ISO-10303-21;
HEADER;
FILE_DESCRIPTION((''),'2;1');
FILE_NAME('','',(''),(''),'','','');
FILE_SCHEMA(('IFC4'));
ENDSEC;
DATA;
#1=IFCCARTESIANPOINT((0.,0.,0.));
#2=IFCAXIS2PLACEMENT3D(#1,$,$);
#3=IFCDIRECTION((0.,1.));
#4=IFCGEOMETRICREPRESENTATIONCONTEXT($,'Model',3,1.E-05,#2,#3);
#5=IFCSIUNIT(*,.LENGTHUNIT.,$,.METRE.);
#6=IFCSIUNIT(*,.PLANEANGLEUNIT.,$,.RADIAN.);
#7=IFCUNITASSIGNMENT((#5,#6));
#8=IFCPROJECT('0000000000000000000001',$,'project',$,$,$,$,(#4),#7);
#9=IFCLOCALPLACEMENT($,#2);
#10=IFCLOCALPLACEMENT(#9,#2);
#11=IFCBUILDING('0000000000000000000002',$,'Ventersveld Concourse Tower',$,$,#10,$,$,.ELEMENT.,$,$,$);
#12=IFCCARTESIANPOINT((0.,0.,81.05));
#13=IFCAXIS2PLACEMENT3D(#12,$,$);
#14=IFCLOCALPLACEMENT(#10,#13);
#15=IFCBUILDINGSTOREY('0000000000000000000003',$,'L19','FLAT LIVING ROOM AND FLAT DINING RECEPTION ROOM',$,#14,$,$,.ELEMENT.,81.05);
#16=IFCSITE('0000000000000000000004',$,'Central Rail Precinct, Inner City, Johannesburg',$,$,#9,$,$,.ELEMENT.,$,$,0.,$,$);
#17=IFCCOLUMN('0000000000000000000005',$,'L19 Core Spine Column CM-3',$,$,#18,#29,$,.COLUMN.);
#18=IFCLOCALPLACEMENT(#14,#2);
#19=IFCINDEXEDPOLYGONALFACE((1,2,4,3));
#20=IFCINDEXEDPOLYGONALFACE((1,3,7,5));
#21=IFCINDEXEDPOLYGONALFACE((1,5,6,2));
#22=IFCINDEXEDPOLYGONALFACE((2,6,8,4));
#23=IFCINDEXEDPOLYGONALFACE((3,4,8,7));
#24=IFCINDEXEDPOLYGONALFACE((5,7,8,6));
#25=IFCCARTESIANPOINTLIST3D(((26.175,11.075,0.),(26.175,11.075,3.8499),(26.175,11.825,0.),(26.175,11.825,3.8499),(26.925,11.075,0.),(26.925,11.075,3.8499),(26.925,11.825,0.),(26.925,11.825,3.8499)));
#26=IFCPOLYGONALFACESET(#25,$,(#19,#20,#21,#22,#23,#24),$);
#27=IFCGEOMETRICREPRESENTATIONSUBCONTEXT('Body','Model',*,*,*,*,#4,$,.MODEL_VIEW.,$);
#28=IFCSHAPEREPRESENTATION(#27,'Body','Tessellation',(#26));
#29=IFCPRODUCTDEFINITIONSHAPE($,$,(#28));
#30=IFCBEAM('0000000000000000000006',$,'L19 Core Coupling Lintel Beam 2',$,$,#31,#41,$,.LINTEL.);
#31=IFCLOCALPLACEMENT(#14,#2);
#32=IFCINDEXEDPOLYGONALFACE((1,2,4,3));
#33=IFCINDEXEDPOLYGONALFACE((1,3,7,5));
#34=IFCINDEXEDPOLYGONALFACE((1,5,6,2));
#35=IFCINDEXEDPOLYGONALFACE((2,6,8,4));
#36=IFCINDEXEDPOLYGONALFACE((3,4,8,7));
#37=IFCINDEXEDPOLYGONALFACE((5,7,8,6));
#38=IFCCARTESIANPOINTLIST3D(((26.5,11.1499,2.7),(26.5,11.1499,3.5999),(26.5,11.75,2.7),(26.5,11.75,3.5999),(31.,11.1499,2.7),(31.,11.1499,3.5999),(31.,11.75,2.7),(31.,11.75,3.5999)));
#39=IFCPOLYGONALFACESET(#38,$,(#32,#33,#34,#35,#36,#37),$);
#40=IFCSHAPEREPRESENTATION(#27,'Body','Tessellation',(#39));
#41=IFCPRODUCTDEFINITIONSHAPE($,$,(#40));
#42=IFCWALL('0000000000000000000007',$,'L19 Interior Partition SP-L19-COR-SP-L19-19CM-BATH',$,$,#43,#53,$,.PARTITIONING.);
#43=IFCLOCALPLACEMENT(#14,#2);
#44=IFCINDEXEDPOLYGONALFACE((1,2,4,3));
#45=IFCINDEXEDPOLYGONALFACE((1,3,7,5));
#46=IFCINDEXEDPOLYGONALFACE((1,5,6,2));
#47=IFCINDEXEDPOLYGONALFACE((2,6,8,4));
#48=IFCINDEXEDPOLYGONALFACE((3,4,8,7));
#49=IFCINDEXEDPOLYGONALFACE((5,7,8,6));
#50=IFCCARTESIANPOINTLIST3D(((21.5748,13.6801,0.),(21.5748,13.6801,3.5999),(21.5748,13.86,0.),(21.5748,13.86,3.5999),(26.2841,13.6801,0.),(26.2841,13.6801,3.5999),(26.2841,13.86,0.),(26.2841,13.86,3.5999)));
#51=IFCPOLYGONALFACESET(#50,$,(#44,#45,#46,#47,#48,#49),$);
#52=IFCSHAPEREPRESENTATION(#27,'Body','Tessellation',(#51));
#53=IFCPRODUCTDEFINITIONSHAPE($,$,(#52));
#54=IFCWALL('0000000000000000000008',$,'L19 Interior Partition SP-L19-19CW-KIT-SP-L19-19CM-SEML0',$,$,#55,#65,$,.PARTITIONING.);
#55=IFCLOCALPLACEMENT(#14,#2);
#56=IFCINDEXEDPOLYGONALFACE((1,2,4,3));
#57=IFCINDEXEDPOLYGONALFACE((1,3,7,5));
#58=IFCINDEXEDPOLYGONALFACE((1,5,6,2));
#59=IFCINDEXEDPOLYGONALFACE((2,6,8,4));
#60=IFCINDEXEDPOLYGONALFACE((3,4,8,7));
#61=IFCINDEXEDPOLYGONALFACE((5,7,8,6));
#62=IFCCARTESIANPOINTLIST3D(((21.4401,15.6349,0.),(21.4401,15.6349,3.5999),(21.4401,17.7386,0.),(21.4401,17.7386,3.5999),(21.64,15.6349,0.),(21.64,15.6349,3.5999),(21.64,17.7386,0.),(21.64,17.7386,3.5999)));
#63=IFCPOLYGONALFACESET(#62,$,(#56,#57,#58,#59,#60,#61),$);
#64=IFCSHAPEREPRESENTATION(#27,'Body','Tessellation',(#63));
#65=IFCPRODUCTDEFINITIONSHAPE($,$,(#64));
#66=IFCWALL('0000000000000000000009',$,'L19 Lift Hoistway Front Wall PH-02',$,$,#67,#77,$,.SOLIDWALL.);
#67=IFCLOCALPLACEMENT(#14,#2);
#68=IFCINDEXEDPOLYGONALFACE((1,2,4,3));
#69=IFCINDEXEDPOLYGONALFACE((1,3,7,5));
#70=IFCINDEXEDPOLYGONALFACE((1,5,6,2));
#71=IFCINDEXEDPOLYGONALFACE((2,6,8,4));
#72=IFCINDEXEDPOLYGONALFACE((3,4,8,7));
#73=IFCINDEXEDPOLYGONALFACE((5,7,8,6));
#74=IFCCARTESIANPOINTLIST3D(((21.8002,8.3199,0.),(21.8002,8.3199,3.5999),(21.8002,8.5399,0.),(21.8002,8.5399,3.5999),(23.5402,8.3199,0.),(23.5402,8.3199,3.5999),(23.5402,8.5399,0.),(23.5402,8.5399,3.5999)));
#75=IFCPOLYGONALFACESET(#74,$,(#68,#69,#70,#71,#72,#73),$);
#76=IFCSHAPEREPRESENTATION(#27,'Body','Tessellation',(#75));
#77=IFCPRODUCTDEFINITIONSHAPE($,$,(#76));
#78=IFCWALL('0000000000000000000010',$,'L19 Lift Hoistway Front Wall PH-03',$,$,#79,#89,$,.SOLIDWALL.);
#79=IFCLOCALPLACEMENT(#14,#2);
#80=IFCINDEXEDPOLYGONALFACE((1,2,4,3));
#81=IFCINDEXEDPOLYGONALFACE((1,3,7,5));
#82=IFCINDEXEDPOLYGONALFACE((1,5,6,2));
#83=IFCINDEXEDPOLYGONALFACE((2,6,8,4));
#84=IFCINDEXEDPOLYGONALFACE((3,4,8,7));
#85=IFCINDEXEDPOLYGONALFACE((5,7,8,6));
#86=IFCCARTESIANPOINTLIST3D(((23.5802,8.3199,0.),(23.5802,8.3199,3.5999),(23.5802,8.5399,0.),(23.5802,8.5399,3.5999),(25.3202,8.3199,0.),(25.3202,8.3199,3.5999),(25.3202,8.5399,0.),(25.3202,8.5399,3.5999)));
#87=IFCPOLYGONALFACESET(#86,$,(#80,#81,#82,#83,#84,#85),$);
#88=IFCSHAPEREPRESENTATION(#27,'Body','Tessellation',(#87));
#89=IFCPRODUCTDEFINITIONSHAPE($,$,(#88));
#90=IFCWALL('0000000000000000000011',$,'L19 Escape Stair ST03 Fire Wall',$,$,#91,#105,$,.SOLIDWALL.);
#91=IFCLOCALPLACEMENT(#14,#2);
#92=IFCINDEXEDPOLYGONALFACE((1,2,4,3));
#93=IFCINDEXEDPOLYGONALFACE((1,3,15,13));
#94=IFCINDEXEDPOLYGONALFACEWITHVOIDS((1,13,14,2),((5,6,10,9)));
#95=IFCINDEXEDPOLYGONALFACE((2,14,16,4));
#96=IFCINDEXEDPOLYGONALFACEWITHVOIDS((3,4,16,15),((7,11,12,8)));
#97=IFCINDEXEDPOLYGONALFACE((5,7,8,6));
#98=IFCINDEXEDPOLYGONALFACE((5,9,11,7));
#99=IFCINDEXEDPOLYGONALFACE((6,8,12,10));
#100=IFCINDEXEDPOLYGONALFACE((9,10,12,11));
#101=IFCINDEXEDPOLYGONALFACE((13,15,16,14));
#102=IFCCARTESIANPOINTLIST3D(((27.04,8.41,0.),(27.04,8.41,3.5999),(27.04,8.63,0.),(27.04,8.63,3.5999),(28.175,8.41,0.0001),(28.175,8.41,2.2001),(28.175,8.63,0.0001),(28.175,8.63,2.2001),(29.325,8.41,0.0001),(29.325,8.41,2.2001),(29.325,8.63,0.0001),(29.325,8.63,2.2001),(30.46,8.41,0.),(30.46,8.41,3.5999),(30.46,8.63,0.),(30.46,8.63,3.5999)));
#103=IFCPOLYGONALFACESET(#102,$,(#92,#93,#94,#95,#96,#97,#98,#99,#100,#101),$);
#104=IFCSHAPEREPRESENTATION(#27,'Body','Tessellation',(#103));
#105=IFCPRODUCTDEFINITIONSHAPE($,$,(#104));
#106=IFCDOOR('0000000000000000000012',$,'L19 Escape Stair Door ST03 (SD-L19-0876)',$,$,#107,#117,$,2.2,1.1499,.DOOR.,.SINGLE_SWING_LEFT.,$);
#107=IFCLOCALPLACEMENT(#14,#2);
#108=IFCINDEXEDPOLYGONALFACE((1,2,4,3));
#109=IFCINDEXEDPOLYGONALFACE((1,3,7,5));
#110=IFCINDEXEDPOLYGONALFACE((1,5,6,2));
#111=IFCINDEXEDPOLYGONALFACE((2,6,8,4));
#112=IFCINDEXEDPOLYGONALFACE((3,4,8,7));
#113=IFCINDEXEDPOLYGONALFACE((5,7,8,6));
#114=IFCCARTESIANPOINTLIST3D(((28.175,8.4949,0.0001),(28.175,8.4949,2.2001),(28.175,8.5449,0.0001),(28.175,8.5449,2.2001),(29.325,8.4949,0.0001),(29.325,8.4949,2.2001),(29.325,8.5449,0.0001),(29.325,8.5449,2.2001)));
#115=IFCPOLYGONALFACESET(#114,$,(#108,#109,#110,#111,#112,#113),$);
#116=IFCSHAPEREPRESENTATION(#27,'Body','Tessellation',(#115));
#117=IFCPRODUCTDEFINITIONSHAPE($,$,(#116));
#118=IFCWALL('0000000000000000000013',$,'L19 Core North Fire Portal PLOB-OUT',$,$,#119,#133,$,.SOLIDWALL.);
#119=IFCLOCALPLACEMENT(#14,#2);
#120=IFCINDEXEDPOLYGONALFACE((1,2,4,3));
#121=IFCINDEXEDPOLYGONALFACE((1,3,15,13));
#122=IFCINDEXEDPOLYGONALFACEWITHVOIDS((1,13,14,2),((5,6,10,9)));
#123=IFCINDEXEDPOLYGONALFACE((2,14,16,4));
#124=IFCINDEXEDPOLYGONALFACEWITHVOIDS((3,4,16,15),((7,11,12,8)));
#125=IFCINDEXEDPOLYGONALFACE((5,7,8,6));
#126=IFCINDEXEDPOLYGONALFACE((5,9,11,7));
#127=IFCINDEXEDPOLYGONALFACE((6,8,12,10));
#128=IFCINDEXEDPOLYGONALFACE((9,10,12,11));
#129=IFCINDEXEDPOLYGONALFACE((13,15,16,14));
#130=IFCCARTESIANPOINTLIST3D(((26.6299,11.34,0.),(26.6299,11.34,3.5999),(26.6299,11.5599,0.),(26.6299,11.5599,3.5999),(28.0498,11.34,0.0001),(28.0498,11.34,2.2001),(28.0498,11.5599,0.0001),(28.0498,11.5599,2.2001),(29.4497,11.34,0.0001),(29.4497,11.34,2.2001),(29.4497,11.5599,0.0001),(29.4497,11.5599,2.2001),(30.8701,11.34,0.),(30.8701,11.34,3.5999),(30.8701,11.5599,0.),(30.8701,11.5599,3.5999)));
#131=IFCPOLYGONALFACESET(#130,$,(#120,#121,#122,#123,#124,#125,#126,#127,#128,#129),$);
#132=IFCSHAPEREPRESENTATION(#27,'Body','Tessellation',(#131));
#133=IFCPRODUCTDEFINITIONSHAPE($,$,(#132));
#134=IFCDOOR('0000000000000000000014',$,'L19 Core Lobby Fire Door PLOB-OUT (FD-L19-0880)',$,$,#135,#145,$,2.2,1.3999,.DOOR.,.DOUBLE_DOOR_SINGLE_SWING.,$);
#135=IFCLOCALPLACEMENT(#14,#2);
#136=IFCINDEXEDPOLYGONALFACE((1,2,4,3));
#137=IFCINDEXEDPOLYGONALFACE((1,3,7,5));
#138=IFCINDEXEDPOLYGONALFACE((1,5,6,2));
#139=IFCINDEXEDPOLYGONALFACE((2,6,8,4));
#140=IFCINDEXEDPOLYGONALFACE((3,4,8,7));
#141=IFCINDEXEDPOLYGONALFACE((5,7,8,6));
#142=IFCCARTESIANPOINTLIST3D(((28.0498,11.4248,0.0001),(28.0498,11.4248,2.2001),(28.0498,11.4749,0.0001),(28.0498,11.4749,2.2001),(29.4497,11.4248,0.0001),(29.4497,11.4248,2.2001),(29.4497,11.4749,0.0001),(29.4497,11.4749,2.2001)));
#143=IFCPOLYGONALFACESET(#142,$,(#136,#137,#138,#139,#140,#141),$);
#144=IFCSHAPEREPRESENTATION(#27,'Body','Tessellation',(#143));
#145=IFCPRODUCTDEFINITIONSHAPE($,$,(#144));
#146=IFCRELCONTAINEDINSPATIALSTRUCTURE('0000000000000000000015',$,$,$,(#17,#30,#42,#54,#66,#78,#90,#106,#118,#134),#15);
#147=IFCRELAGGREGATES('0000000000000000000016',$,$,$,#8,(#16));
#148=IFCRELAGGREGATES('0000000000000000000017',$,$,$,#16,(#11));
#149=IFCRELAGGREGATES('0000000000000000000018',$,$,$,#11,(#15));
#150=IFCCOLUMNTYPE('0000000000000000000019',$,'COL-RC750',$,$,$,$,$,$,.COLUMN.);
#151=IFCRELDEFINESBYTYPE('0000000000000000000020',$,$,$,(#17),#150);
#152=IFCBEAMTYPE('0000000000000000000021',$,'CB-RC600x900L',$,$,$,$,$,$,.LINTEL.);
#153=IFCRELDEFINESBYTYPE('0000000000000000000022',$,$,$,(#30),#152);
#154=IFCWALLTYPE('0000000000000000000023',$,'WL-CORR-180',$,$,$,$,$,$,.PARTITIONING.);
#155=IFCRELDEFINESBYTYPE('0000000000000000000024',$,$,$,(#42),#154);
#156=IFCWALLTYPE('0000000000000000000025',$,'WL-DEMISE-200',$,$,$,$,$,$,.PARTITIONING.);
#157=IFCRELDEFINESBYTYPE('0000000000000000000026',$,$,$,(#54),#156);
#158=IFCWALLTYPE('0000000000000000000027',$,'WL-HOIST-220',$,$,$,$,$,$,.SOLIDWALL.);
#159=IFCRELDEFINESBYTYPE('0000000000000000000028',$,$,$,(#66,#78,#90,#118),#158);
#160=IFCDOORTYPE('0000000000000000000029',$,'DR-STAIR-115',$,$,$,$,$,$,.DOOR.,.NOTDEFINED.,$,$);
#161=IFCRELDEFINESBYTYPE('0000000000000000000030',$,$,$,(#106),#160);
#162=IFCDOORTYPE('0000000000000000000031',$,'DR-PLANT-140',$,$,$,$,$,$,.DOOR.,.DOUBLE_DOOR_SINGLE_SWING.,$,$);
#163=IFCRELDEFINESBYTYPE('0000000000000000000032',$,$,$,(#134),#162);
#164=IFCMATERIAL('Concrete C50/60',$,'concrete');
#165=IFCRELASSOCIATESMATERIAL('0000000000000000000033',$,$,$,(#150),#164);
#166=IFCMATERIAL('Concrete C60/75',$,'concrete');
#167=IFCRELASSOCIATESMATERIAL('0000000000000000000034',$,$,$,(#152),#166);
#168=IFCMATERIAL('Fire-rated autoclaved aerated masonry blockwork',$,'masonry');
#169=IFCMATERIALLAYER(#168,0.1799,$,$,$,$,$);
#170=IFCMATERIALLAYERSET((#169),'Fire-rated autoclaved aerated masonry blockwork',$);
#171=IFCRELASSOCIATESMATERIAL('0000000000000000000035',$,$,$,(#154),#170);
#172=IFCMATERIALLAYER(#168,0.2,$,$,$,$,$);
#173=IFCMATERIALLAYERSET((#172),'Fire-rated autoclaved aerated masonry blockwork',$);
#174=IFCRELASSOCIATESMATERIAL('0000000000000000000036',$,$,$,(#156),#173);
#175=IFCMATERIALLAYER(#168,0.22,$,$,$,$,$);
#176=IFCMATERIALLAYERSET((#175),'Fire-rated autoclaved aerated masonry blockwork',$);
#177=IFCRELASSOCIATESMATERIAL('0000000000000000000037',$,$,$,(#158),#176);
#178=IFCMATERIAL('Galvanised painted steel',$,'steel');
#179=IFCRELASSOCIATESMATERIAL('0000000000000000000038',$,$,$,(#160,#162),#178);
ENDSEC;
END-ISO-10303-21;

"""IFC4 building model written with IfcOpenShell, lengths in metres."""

from ifc_helpers import new_model, si_unit, direction, frame, frame_2d, origin, origin_2d, place, context, subcontext, project, spatial, rectangle, extrude, material, layer, layer_set, material_profile, profile_set, type_object, element, fill, save


model = new_model("IFC4")

# Units and contexts
model_context = context("Model", 3, precision=1e-05, world=origin(), true_north=direction((0.0, 1.0)))
body_context = subcontext(model_context, "Body", "Model", "MODEL_VIEW")
ifc_project = project(units=[si_unit("LENGTHUNIT", "METRE"), si_unit("PLANEANGLEUNIT", "RADIAN")], contexts=[model_context])

# Site, building, storey
site_placement = place(None, origin())
site = spatial("IfcSite", under=ifc_project, at=site_placement, Name="Central Rail Precinct, Inner City, Johannesburg", CompositionType="ELEMENT", RefElevation=0.0)
building_placement = place(site_placement, origin())
building = spatial("IfcBuilding", under=site, at=building_placement, Name="Ventersveld Concourse Tower", CompositionType="ELEMENT")
storey_placement = place(building_placement, frame((0.0, 0.0, 81.05)))
storey = spatial("IfcBuildingStorey", under=building, at=storey_placement, Name="L19", Description="FLAT LIVING ROOM AND FLAT DINING RECEPTION ROOM", CompositionType="ELEMENT", Elevation=81.05)

# Column
ifc_material_1 = material(Name="Concrete C50/60", Category="concrete")
ifc_material_profile_1 = material_profile(ifc_material_1, rectangle(XDim=0.75, YDim=0.75, at=origin_2d()), Name="RC 750x750")
ifc_profile_set_1 = profile_set([ifc_material_profile_1], Name="Concrete C50/60")
column_type = type_object("IfcColumnType", Name="COL-RC750", PredefinedType="COLUMN", material=ifc_profile_set_1)
column_placement = place(storey_placement, frame((26.55, 11.45, 0.0), z_axis=(0.0, 0.0, 1.0), x_axis=(1.0, 0.0, 0.0)))
element("IfcColumn", 1, at=column_placement, inside=storey, type_object=column_type, Name="L19 Core Spine Column CM-3", PredefinedType="COLUMN", context=body_context, shape_type="SweptSolid", body=[
    extrude(rectangle(XDim=0.75, YDim=0.75, at=origin_2d()), origin(), (0.0, 0.0, 1.0), 3.8499),
])

# Beam
ifc_material_2 = material(Name="Concrete C60/75", Category="concrete")
ifc_material_profile_2 = material_profile(ifc_material_2, rectangle(XDim=0.6001, YDim=0.8999, at=origin_2d()), Name="RC 600x900")
ifc_profile_set_2 = profile_set([ifc_material_profile_2], Name="Concrete C60/75")
beam_type = type_object("IfcBeamType", Name="CB-RC600x900L", PredefinedType="LINTEL", material=ifc_profile_set_2)
beam_placement = place(storey_placement, frame((26.5, 11.45, 3.1499), z_axis=(1.0, 0.0, 0.0), x_axis=(0.0, 1.0, 0.0)))
element("IfcBeam", 2, at=beam_placement, inside=storey, type_object=beam_type, Name="L19 Core Coupling Lintel Beam 2", PredefinedType="LINTEL", context=body_context, shape_type="SweptSolid", body=[
    extrude(rectangle(XDim=0.6001, YDim=0.8999, at=origin_2d()), origin(), (0.0, 0.0, 1.0), 4.5),
])

# Shared definitions
ifc_material_3 = material(Name="Fire-rated autoclaved aerated masonry blockwork", Category="masonry")
ifc_layer_1 = layer(ifc_material_3, 0.1799)
ifc_layer_set_1 = layer_set([ifc_layer_1], Name="Fire-rated autoclaved aerated masonry blockwork")
wall_type_1 = type_object("IfcWallType", Name="WL-CORR-180", PredefinedType="PARTITIONING", material=ifc_layer_set_1)

# Walls
wall_1_placement = place(storey_placement, frame((21.575, 13.77, 0.0), z_axis=(0.0, 0.0, 1.0), x_axis=(1.0, 0.0, 0.0)))
element("IfcWall", 3, at=wall_1_placement, inside=storey, type_object=wall_type_1, Name="L19 Interior Partition SP-L19-COR-SP-L19-19CM-BATH", PredefinedType="PARTITIONING", context=body_context, shape_type="SweptSolid", body=[
    extrude(rectangle(XDim=4.7092, YDim=0.1799, at=frame_2d((2.3545, 0.0))), origin(), (0.0, 0.0, 1.0), 3.5999),
])
ifc_layer_2 = layer(ifc_material_3, 0.2)
ifc_layer_set_2 = layer_set([ifc_layer_2], Name="Fire-rated autoclaved aerated masonry blockwork")
wall_type_2 = type_object("IfcWallType", Name="WL-DEMISE-200", PredefinedType="PARTITIONING", material=ifc_layer_set_2)
wall_2_placement = place(storey_placement, frame((21.54, 15.635, 0.0), z_axis=(0.0, 0.0, 1.0), x_axis=(0.0, 1.0, 0.0)))
element("IfcWall", 4, at=wall_2_placement, inside=storey, type_object=wall_type_2, Name="L19 Interior Partition SP-L19-19CW-KIT-SP-L19-19CM-SEML0", PredefinedType="PARTITIONING", context=body_context, shape_type="SweptSolid", body=[
    extrude(rectangle(XDim=2.1038, YDim=0.2, at=frame_2d((1.0518, 0.0))), origin(), (0.0, 0.0, 1.0), 3.5999),
])
ifc_layer_3 = layer(ifc_material_3, 0.22)
ifc_layer_set_3 = layer_set([ifc_layer_3], Name="Fire-rated autoclaved aerated masonry blockwork")
wall_type_3 = type_object("IfcWallType", Name="WL-HOIST-220", PredefinedType="SOLIDWALL", material=ifc_layer_set_3)
for number, where, z_axis, x_axis, name in (
    (5, (21.8, 8.4299, 0.0), (0.0, 0.0, 1.0), (1.0, 0.0, 0.0), "L19 Lift Hoistway Front Wall PH-02"),
    (6, (23.5801, 8.4299, 0.0), (0.0, 0.0, 1.0), (1.0, 0.0, 0.0), "L19 Lift Hoistway Front Wall PH-03"),
):
    element("IfcWall", number, at=place(storey_placement, frame(where, z_axis=z_axis, x_axis=x_axis)), inside=storey, type_object=wall_type_3, Name=name, PredefinedType="SOLIDWALL", context=body_context, shape_type="SweptSolid", body=[
        extrude(rectangle(XDim=1.74, YDim=0.22, at=frame_2d((0.8701, 0.0))), origin(), (0.0, 0.0, 1.0), 3.5999),
    ])

# Walls, openings, doors
wall_3_placement = place(storey_placement, frame((27.04, 8.52, 0.0), z_axis=(0.0, 0.0, 1.0), x_axis=(1.0, 0.0, 0.0)))
wall_3 = element("IfcWall", 7, at=wall_3_placement, inside=storey, type_object=wall_type_3, Name="L19 Escape Stair ST03 Fire Wall", PredefinedType="SOLIDWALL", context=body_context, shape_type="SweptSolid", body=[
    extrude(rectangle(XDim=3.4199, YDim=0.22, at=frame_2d((1.71, 0.0))), origin(), (0.0, 0.0, 1.0), 3.5999),
])
opening_1_placement = place(wall_3_placement, frame((1.135, 0.0, 0.0)))
opening_1 = element("IfcOpeningElement", 8, at=opening_1_placement, cuts=wall_3, PredefinedType="OPENING", context=body_context, shape_type="SweptSolid", body=[
    extrude(rectangle(XDim=1.1499, YDim=2.2, at=frame_2d((0.575, 1.1001))), frame((0.0, 0.1201, 0.0), z_axis=(0.0, -1.0, 0.0), x_axis=(1.0, 0.0, 0.0)), (0.0, 0.0, 1.0), 0.24),
])
ifc_material_4 = material(Name="Galvanised painted steel", Category="steel")
door_type_1 = type_object("IfcDoorType", Name="DR-STAIR-115", OperationType="NOTDEFINED", PredefinedType="DOOR", material=ifc_material_4)
door_1_placement = place(opening_1_placement, origin())
door_1 = element("IfcDoor", 9, at=door_1_placement, inside=storey, type_object=door_type_1, Name="L19 Escape Stair Door ST03 (SD-L19-0876)", OperationType="SINGLE_SWING_LEFT", OverallHeight=2.2, OverallWidth=1.1499, PredefinedType="DOOR", context=body_context, shape_type="SweptSolid", body=[
    extrude(rectangle(XDim=1.1499, YDim=2.2, at=frame_2d((0.575, 1.1001))), frame((0.0, 0.0249, 0.0), z_axis=(0.0, -1.0, 0.0), x_axis=(1.0, 0.0, 0.0)), (0.0, 0.0, 1.0), 0.05),
])
fill(opening_1, door_1)
wall_4_placement = place(storey_placement, frame((26.6299, 11.45, 0.0), z_axis=(0.0, 0.0, 1.0), x_axis=(1.0, 0.0, 0.0)))
wall_4 = element("IfcWall", 10, at=wall_4_placement, inside=storey, type_object=wall_type_3, Name="L19 Core North Fire Portal PLOB-OUT", PredefinedType="SOLIDWALL", context=body_context, shape_type="SweptSolid", body=[
    extrude(rectangle(XDim=4.2402, YDim=0.22, at=frame_2d((2.1201, 0.0))), origin(), (0.0, 0.0, 1.0), 3.5999),
])
opening_2_placement = place(wall_4_placement, frame((1.4199, 0.0, 0.0)))
opening_2 = element("IfcOpeningElement", 11, at=opening_2_placement, cuts=wall_4, PredefinedType="OPENING", context=body_context, shape_type="SweptSolid", body=[
    extrude(rectangle(XDim=1.3999, YDim=2.2, at=frame_2d((0.7, 1.1001))), frame((0.0, 0.1201, 0.0), z_axis=(0.0, -1.0, 0.0), x_axis=(1.0, 0.0, 0.0)), (0.0, 0.0, 1.0), 0.24),
])
door_type_2 = type_object("IfcDoorType", Name="DR-PLANT-140", OperationType="DOUBLE_DOOR_SINGLE_SWING", PredefinedType="DOOR", material=ifc_material_4)
door_2_placement = place(opening_2_placement, origin())
door_2 = element("IfcDoor", 12, at=door_2_placement, inside=storey, type_object=door_type_2, Name="L19 Core Lobby Fire Door PLOB-OUT (FD-L19-0880)", OperationType="DOUBLE_DOOR_SINGLE_SWING", OverallHeight=2.2, OverallWidth=1.3999, PredefinedType="DOOR", context=body_context, shape_type="SweptSolid", body=[
    extrude(rectangle(XDim=1.3999, YDim=2.2, at=frame_2d((0.7, 1.1001))), frame((0.0, 0.0249, 0.0), z_axis=(0.0, -1.0, 0.0), x_axis=(1.0, 0.0, 0.0)), (0.0, 0.0, 1.0), 0.05),
])
fill(opening_2, door_2)

save(model, "model.ifc")
